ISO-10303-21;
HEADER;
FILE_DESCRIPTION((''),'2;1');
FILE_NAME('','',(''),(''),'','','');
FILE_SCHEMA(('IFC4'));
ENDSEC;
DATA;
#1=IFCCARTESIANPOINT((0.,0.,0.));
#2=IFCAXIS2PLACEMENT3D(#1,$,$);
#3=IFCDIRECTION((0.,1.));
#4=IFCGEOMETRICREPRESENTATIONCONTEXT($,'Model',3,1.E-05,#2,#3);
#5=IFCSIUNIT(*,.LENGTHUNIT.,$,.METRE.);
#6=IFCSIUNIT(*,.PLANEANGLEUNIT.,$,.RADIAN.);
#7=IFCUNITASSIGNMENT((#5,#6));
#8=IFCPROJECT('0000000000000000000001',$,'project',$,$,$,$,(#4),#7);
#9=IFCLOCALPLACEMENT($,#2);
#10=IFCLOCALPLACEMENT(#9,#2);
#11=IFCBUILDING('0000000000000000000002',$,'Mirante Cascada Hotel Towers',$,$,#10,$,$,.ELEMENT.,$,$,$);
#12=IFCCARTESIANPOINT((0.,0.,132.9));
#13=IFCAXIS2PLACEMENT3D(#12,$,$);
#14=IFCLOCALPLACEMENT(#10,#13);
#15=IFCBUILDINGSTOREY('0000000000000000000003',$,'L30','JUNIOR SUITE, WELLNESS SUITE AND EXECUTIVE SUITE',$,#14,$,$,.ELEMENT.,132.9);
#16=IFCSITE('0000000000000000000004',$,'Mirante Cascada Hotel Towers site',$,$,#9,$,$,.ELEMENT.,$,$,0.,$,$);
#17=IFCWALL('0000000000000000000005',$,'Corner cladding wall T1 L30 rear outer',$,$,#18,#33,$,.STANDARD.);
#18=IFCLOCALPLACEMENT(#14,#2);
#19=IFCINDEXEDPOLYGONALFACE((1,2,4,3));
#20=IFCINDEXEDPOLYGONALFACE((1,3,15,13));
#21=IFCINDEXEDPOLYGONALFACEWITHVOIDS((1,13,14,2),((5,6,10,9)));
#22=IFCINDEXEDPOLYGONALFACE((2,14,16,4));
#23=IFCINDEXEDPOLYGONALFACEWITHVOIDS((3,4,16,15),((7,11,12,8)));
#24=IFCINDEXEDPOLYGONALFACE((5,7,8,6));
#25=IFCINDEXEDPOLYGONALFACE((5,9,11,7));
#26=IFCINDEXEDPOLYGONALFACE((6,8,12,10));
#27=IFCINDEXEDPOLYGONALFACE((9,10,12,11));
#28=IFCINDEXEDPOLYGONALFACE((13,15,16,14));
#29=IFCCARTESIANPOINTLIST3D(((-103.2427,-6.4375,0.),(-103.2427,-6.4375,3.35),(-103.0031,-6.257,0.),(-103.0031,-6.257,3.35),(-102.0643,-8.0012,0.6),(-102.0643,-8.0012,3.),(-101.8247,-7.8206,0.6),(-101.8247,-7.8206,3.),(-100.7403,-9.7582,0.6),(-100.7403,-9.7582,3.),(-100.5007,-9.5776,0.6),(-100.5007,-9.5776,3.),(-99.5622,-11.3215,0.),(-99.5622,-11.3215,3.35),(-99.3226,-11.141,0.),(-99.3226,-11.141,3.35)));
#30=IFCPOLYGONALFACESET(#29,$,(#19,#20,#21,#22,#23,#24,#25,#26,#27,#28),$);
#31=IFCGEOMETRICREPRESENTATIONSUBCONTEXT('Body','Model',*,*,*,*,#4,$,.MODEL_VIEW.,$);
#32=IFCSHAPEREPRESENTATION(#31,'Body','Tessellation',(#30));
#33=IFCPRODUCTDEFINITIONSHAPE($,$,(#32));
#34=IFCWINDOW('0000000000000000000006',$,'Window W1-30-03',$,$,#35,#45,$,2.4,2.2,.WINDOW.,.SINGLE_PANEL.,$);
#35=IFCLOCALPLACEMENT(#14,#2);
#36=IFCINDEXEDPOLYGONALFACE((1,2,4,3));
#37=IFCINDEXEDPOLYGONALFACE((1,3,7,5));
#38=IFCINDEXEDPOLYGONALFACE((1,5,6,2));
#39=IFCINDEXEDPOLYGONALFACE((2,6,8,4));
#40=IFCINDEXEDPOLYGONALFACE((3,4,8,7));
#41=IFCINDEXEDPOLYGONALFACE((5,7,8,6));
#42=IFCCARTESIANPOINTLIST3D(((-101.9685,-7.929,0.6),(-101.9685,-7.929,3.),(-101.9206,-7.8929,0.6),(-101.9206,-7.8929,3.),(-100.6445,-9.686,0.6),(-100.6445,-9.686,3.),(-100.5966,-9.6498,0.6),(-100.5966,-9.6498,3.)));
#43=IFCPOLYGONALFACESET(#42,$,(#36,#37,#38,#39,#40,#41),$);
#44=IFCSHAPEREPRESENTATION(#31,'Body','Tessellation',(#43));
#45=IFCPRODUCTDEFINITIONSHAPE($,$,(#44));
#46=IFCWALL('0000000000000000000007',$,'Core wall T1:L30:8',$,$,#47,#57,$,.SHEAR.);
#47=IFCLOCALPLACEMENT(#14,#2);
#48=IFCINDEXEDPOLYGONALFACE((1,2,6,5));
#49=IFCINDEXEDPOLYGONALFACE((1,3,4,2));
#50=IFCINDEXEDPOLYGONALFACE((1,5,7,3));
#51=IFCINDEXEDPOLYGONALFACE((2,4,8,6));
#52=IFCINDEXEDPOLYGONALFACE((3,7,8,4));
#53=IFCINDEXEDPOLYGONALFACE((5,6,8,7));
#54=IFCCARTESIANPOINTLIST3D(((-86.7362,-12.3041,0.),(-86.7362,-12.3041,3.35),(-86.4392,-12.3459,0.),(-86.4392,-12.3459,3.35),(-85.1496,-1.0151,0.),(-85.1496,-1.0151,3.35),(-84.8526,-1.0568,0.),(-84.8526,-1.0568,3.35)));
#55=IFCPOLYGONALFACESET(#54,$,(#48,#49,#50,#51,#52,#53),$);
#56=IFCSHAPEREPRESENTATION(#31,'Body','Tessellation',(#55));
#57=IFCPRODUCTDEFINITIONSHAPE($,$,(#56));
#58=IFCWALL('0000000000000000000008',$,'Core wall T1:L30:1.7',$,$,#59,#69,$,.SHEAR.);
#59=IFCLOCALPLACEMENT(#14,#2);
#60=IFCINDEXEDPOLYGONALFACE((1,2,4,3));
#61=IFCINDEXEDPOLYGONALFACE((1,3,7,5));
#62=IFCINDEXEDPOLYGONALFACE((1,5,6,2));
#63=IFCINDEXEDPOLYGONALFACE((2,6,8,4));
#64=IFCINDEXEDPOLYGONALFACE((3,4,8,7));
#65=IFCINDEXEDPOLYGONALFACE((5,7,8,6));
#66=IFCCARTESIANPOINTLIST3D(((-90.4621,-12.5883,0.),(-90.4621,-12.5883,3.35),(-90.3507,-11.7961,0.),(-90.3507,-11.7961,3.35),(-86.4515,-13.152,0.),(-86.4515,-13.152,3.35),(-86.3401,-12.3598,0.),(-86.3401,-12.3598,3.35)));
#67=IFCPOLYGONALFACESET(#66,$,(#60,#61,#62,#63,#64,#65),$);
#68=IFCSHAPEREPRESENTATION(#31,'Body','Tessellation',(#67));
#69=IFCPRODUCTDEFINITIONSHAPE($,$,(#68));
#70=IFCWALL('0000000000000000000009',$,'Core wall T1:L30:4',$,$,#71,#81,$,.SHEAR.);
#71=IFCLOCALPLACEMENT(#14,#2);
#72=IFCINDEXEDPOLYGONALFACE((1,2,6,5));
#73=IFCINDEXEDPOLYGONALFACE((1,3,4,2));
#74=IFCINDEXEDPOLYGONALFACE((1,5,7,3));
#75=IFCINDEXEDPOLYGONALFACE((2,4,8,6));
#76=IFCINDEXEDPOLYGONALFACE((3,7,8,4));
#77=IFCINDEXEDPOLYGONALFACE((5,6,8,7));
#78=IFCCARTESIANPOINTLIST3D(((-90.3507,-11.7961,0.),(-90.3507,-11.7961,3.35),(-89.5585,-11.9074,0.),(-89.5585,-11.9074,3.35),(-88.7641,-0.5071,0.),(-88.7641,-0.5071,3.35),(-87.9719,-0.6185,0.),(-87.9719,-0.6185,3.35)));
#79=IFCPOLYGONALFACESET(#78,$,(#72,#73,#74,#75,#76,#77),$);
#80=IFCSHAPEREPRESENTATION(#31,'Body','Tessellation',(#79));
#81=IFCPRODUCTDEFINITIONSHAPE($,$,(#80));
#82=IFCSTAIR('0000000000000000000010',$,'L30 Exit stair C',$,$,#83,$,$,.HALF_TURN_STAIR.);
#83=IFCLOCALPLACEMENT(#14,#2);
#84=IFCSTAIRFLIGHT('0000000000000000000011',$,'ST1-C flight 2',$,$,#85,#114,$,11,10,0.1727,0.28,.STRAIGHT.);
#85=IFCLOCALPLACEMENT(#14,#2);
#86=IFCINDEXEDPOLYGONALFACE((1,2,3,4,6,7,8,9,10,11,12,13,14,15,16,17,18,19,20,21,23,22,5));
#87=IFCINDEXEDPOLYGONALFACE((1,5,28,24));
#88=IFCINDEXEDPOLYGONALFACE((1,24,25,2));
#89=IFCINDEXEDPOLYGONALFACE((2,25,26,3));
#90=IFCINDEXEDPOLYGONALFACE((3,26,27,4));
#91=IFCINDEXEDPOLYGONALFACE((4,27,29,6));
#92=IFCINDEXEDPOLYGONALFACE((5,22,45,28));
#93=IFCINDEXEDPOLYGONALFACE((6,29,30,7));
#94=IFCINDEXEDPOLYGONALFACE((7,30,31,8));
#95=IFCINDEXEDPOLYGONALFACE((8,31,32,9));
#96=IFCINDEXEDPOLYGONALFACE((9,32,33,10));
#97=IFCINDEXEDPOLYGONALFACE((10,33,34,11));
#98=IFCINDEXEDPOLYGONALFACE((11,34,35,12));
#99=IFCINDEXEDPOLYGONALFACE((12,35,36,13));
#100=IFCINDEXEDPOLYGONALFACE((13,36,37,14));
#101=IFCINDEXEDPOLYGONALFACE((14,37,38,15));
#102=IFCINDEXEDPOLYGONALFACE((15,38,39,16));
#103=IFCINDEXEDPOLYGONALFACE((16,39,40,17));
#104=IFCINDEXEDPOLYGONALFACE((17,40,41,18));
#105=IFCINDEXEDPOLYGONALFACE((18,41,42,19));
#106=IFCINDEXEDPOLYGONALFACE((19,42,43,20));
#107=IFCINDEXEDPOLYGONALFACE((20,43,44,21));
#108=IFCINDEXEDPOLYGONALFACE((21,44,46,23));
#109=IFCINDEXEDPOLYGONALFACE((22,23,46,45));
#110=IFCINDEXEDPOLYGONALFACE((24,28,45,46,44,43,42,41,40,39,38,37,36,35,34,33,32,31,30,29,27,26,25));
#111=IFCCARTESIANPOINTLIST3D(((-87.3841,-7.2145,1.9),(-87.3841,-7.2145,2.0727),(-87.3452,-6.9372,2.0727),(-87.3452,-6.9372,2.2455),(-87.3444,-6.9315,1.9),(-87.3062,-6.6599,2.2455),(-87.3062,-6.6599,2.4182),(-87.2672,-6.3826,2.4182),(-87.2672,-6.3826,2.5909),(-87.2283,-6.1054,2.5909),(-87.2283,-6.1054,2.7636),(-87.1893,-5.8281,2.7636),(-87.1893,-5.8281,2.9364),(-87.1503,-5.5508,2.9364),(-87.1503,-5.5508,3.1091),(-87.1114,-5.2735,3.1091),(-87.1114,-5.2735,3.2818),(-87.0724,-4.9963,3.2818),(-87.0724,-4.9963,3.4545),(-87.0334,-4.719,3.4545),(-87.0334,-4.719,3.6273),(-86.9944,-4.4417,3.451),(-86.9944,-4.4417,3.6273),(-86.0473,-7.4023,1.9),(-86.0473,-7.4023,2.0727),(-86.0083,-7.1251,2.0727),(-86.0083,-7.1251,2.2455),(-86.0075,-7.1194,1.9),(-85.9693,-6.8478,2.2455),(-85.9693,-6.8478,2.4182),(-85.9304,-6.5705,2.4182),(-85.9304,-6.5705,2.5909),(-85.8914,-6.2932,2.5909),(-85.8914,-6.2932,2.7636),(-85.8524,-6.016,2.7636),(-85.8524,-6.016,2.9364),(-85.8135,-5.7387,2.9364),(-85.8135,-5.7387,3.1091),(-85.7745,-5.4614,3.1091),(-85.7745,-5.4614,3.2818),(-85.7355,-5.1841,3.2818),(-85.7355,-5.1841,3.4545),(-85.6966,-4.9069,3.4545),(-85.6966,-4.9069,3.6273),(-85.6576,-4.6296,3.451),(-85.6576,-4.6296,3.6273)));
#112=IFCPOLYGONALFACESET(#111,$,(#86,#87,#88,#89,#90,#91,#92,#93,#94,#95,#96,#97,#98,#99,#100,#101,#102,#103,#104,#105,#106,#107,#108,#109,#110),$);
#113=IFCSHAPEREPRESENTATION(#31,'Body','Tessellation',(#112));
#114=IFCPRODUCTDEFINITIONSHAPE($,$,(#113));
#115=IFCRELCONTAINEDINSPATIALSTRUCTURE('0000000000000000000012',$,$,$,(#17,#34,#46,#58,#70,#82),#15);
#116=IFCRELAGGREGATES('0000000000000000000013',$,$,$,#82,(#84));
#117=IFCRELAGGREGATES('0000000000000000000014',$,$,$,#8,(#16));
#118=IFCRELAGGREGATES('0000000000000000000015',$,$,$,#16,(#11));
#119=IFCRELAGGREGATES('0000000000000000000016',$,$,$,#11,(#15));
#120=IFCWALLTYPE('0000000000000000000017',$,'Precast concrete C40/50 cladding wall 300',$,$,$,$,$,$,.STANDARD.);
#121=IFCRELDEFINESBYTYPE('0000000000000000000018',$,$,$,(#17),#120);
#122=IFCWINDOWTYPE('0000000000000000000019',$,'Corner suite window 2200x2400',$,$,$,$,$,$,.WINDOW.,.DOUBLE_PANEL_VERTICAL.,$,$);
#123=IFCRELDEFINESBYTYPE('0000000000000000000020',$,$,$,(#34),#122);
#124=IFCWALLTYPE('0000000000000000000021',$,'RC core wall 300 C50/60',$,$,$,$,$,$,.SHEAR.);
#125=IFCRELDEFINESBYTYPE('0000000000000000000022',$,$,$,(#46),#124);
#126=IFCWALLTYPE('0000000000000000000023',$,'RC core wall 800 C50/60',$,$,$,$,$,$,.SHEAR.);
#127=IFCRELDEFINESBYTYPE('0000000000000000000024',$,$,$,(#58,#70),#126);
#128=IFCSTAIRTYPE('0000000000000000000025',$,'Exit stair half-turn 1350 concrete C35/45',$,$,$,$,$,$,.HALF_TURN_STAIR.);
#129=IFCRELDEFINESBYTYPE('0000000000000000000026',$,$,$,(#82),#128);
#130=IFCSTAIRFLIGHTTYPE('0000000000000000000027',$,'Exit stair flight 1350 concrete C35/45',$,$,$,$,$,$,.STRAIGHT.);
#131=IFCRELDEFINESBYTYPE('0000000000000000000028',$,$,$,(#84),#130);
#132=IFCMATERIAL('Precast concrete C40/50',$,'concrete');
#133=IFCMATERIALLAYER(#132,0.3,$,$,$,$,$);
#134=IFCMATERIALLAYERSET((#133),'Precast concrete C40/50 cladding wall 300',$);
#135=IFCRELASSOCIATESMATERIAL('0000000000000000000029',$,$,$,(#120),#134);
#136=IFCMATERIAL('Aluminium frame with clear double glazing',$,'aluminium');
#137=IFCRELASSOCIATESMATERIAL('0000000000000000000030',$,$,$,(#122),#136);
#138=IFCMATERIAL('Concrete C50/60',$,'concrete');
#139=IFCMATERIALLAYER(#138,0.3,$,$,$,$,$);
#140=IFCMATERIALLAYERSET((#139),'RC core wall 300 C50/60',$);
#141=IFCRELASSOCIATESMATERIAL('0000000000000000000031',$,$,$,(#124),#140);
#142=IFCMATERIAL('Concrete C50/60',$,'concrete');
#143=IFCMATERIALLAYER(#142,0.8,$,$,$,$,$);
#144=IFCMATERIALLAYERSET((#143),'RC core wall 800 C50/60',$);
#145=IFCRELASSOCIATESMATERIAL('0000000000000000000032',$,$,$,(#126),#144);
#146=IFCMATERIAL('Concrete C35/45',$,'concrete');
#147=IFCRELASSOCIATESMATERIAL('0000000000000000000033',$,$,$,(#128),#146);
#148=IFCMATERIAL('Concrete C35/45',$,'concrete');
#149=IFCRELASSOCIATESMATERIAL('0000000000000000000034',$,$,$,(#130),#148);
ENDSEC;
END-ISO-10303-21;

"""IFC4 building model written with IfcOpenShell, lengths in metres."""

from ifc_helpers import new_model, si_unit, direction, frame, frame_2d, origin, place, context, subcontext, project, spatial, polyline, rectangle, outline, extrude, material, layer, layer_set, type_object, element, fill, aggregate, save


model = new_model("IFC4")

# Units and contexts
model_context = context("Model", 3, precision=1e-05, world=origin(), true_north=direction((0.0, 1.0)))
body_context = subcontext(model_context, "Body", "Model", "MODEL_VIEW")
ifc_project = project(units=[si_unit("LENGTHUNIT", "METRE"), si_unit("PLANEANGLEUNIT", "RADIAN")], contexts=[model_context])

# Site, building, storey
site_placement = place(None, origin())
site = spatial("IfcSite", under=ifc_project, at=site_placement, Name="Mirante Cascada Hotel Towers site", CompositionType="ELEMENT", RefElevation=0.0)
building_placement = place(site_placement, origin())
building = spatial("IfcBuilding", under=site, at=building_placement, Name="Mirante Cascada Hotel Towers", CompositionType="ELEMENT")
storey_placement = place(building_placement, frame((0.0, 0.0, 132.9)))
storey = spatial("IfcBuildingStorey", under=building, at=storey_placement, Name="L30", Description="JUNIOR SUITE, WELLNESS SUITE AND EXECUTIVE SUITE", CompositionType="ELEMENT", Elevation=132.9)

# Shared definitions
ifc_material_1 = material(Name="Precast concrete C40/50", Category="concrete")
ifc_layer_1 = layer(ifc_material_1, 0.3)
ifc_layer_set_1 = layer_set([ifc_layer_1], Name="Precast concrete C40/50 cladding wall 300")
wall_type_1 = type_object("IfcWallType", Name="Precast concrete C40/50 cladding wall 300", PredefinedType="STANDARD", material=ifc_layer_set_1)

# Wall, opening, window
wall_1_placement = place(storey_placement, frame((-99.4424, -11.2313, 0.0), z_axis=(0.0, 0.0, 1.0), x_axis=(-0.601819, 0.798632, 0.0)))
wall_1 = element("IfcWall", 1, at=wall_1_placement, inside=storey, type_object=wall_type_1, Name="Corner cladding wall T1 L30 rear outer", PredefinedType="STANDARD", context=body_context, shape_type="SweptSolid", body=[
    extrude(rectangle(XDim=6.1155, YDim=0.3, at=frame_2d((3.0578, 0.0))), origin(), (0.0, 0.0, 1.0), 3.35),
])
opening_1_placement = place(wall_1_placement, frame((1.9576, 0.0, 0.6)))
opening_1 = element("IfcOpeningElement", 2, at=opening_1_placement, cuts=wall_1, PredefinedType="OPENING", context=body_context, shape_type="SweptSolid", body=[
    extrude(rectangle(XDim=2.2, YDim=2.4, at=frame_2d((1.1, 1.2))), frame((0.0, 0.15, 0.0), z_axis=(0.0, -1.0, 0.0), x_axis=(1.0, 0.0, 0.0)), (0.0, 0.0, 1.0), 0.3),
])
ifc_material_2 = material(Name="Aluminium frame with clear double glazing", Category="aluminium")
window_type_1 = type_object("IfcWindowType", Name="Corner suite window 2200x2400", PartitioningType="DOUBLE_PANEL_VERTICAL", PredefinedType="WINDOW", material=ifc_material_2)
window_1_placement = place(opening_1_placement, origin())
window_1 = element("IfcWindow", 3, at=window_1_placement, inside=storey, type_object=window_type_1, Name="Window W1-30-03", OverallHeight=2.4, OverallWidth=2.2, PartitioningType="SINGLE_PANEL", PredefinedType="WINDOW", context=body_context, shape_type="SweptSolid", body=[
    extrude(rectangle(XDim=2.2, YDim=2.4, at=frame_2d((1.1, 1.2))), frame((0.0, 0.03, 0.0), z_axis=(0.0, -1.0, 0.0), x_axis=(1.0, 0.0, 0.0)), (0.0, 0.0, 1.0), 0.06),
])
fill(opening_1, window_1)

# Walls
ifc_material_3 = material(Name="Concrete C50/60", Category="concrete")
ifc_layer_2 = layer(ifc_material_3, 0.3)
ifc_layer_set_2 = layer_set([ifc_layer_2], Name="RC core wall 300 C50/60")
wall_type_2 = type_object("IfcWallType", Name="RC core wall 300 C50/60", PredefinedType="SHEAR", material=ifc_layer_set_2)
wall_2_placement = place(storey_placement, frame((-86.5877, -12.325, 0.0), z_axis=(0.0, 0.0, 1.0), x_axis=(0.139175, 0.990268, 0.0)))
element("IfcWall", 4, at=wall_2_placement, inside=storey, type_object=wall_type_2, Name="Core wall T1:L30:8", PredefinedType="SHEAR", context=body_context, shape_type="SweptSolid", body=[
    extrude(rectangle(XDim=11.4, YDim=0.3, at=frame_2d((5.7, 0.0))), origin(), (0.0, 0.0, 1.0), 3.35),
])
ifc_material_4 = material(Name="Concrete C50/60", Category="concrete")
ifc_layer_3 = layer(ifc_material_4, 0.8)
ifc_layer_set_3 = layer_set([ifc_layer_3], Name="RC core wall 800 C50/60")
wall_type_3 = type_object("IfcWallType", Name="RC core wall 800 C50/60", PredefinedType="SHEAR", material=ifc_layer_set_3)
wall_3_placement = place(storey_placement, frame((-86.3958, -12.7559, 0.0), z_axis=(0.0, 0.0, 1.0), x_axis=(-0.990267, 0.139184, 0.0)))
element("IfcWall", 5, at=wall_3_placement, inside=storey, type_object=wall_type_3, Name="Core wall T1:L30:1.7", PredefinedType="SHEAR", context=body_context, shape_type="SweptSolid", body=[
    extrude(rectangle(XDim=4.05, YDim=0.8, at=frame_2d((2.025, 0.0))), origin(), (0.0, 0.0, 1.0), 3.35),
])
wall_4_placement = place(storey_placement, frame((-89.9546, -11.8518, 0.0), z_axis=(0.0, 0.0, 1.0), x_axis=(0.139176, 0.990268, 0.0)))
element("IfcWall", 6, at=wall_4_placement, inside=storey, type_object=wall_type_3, Name="Core wall T1:L30:4", PredefinedType="SHEAR", context=body_context, shape_type="SweptSolid", body=[
    extrude(rectangle(XDim=11.3999, YDim=0.8, at=frame_2d((5.7, 0.0))), origin(), (0.0, 0.0, 1.0), 3.35),
])

# Stair, stair flight
ifc_material_5 = material(Name="Concrete C35/45", Category="concrete")
stair_type = type_object("IfcStairType", Name="Exit stair half-turn 1350 concrete C35/45", PredefinedType="HALF_TURN_STAIR", material=ifc_material_5)
stair_placement = place(storey_placement, origin())
stair = element("IfcStair", 7, at=stair_placement, inside=storey, type_object=stair_type, Name="L30 Exit stair C", PredefinedType="HALF_TURN_STAIR")
ifc_material_6 = material(Name="Concrete C35/45", Category="concrete")
stair_flight_type = type_object("IfcStairFlightType", Name="Exit stair flight 1350 concrete C35/45", PredefinedType="STRAIGHT", material=ifc_material_6)
stair_flight_placement = place(storey_placement, frame((-86.7157, -7.3084, 1.9), z_axis=(0.0, 0.0, 1.0), x_axis=(0.139173, 0.990268, 0.0)))
stair_flight = element("IfcStairFlight", 8, at=stair_flight_placement, type_object=stair_flight_type, Name="ST1-C flight 2", NumberOfRisers=11, NumberOfTreads=10, PredefinedType="STRAIGHT", RiserHeight=0.1727, TreadLength=0.28, context=body_context, shape_type="SweptSolid", body=[
    extrude(outline(polyline([(0.0, 0.0), (0.0, 0.1727), (0.28, 0.1727), (0.28, 0.3455), (0.56, 0.3455), (0.56, 0.5182), (0.84, 0.5182), (0.84, 0.6909), (1.12, 0.6909), (1.12, 0.8636), (1.4, 0.8636), (1.4, 1.0364), (1.68, 1.0364), (1.68, 1.2091), (1.96, 1.2091), (1.96, 1.3818), (2.24, 1.3818), (2.24, 1.5545), (2.52, 1.5545), (2.52, 1.7273), (2.8, 1.7273), (2.8, 1.9), (2.8, 1.551), (0.2857, 0.0), (0.0, 0.0)])), frame((0.0, 0.675, 0.0), z_axis=(0.0, -1.0, 0.0), x_axis=(1.0, 0.0, 0.0)), (0.0, 0.0, 1.0), 1.35),
])
aggregate(stair, [stair_flight])

save(model, "model.ifc")
